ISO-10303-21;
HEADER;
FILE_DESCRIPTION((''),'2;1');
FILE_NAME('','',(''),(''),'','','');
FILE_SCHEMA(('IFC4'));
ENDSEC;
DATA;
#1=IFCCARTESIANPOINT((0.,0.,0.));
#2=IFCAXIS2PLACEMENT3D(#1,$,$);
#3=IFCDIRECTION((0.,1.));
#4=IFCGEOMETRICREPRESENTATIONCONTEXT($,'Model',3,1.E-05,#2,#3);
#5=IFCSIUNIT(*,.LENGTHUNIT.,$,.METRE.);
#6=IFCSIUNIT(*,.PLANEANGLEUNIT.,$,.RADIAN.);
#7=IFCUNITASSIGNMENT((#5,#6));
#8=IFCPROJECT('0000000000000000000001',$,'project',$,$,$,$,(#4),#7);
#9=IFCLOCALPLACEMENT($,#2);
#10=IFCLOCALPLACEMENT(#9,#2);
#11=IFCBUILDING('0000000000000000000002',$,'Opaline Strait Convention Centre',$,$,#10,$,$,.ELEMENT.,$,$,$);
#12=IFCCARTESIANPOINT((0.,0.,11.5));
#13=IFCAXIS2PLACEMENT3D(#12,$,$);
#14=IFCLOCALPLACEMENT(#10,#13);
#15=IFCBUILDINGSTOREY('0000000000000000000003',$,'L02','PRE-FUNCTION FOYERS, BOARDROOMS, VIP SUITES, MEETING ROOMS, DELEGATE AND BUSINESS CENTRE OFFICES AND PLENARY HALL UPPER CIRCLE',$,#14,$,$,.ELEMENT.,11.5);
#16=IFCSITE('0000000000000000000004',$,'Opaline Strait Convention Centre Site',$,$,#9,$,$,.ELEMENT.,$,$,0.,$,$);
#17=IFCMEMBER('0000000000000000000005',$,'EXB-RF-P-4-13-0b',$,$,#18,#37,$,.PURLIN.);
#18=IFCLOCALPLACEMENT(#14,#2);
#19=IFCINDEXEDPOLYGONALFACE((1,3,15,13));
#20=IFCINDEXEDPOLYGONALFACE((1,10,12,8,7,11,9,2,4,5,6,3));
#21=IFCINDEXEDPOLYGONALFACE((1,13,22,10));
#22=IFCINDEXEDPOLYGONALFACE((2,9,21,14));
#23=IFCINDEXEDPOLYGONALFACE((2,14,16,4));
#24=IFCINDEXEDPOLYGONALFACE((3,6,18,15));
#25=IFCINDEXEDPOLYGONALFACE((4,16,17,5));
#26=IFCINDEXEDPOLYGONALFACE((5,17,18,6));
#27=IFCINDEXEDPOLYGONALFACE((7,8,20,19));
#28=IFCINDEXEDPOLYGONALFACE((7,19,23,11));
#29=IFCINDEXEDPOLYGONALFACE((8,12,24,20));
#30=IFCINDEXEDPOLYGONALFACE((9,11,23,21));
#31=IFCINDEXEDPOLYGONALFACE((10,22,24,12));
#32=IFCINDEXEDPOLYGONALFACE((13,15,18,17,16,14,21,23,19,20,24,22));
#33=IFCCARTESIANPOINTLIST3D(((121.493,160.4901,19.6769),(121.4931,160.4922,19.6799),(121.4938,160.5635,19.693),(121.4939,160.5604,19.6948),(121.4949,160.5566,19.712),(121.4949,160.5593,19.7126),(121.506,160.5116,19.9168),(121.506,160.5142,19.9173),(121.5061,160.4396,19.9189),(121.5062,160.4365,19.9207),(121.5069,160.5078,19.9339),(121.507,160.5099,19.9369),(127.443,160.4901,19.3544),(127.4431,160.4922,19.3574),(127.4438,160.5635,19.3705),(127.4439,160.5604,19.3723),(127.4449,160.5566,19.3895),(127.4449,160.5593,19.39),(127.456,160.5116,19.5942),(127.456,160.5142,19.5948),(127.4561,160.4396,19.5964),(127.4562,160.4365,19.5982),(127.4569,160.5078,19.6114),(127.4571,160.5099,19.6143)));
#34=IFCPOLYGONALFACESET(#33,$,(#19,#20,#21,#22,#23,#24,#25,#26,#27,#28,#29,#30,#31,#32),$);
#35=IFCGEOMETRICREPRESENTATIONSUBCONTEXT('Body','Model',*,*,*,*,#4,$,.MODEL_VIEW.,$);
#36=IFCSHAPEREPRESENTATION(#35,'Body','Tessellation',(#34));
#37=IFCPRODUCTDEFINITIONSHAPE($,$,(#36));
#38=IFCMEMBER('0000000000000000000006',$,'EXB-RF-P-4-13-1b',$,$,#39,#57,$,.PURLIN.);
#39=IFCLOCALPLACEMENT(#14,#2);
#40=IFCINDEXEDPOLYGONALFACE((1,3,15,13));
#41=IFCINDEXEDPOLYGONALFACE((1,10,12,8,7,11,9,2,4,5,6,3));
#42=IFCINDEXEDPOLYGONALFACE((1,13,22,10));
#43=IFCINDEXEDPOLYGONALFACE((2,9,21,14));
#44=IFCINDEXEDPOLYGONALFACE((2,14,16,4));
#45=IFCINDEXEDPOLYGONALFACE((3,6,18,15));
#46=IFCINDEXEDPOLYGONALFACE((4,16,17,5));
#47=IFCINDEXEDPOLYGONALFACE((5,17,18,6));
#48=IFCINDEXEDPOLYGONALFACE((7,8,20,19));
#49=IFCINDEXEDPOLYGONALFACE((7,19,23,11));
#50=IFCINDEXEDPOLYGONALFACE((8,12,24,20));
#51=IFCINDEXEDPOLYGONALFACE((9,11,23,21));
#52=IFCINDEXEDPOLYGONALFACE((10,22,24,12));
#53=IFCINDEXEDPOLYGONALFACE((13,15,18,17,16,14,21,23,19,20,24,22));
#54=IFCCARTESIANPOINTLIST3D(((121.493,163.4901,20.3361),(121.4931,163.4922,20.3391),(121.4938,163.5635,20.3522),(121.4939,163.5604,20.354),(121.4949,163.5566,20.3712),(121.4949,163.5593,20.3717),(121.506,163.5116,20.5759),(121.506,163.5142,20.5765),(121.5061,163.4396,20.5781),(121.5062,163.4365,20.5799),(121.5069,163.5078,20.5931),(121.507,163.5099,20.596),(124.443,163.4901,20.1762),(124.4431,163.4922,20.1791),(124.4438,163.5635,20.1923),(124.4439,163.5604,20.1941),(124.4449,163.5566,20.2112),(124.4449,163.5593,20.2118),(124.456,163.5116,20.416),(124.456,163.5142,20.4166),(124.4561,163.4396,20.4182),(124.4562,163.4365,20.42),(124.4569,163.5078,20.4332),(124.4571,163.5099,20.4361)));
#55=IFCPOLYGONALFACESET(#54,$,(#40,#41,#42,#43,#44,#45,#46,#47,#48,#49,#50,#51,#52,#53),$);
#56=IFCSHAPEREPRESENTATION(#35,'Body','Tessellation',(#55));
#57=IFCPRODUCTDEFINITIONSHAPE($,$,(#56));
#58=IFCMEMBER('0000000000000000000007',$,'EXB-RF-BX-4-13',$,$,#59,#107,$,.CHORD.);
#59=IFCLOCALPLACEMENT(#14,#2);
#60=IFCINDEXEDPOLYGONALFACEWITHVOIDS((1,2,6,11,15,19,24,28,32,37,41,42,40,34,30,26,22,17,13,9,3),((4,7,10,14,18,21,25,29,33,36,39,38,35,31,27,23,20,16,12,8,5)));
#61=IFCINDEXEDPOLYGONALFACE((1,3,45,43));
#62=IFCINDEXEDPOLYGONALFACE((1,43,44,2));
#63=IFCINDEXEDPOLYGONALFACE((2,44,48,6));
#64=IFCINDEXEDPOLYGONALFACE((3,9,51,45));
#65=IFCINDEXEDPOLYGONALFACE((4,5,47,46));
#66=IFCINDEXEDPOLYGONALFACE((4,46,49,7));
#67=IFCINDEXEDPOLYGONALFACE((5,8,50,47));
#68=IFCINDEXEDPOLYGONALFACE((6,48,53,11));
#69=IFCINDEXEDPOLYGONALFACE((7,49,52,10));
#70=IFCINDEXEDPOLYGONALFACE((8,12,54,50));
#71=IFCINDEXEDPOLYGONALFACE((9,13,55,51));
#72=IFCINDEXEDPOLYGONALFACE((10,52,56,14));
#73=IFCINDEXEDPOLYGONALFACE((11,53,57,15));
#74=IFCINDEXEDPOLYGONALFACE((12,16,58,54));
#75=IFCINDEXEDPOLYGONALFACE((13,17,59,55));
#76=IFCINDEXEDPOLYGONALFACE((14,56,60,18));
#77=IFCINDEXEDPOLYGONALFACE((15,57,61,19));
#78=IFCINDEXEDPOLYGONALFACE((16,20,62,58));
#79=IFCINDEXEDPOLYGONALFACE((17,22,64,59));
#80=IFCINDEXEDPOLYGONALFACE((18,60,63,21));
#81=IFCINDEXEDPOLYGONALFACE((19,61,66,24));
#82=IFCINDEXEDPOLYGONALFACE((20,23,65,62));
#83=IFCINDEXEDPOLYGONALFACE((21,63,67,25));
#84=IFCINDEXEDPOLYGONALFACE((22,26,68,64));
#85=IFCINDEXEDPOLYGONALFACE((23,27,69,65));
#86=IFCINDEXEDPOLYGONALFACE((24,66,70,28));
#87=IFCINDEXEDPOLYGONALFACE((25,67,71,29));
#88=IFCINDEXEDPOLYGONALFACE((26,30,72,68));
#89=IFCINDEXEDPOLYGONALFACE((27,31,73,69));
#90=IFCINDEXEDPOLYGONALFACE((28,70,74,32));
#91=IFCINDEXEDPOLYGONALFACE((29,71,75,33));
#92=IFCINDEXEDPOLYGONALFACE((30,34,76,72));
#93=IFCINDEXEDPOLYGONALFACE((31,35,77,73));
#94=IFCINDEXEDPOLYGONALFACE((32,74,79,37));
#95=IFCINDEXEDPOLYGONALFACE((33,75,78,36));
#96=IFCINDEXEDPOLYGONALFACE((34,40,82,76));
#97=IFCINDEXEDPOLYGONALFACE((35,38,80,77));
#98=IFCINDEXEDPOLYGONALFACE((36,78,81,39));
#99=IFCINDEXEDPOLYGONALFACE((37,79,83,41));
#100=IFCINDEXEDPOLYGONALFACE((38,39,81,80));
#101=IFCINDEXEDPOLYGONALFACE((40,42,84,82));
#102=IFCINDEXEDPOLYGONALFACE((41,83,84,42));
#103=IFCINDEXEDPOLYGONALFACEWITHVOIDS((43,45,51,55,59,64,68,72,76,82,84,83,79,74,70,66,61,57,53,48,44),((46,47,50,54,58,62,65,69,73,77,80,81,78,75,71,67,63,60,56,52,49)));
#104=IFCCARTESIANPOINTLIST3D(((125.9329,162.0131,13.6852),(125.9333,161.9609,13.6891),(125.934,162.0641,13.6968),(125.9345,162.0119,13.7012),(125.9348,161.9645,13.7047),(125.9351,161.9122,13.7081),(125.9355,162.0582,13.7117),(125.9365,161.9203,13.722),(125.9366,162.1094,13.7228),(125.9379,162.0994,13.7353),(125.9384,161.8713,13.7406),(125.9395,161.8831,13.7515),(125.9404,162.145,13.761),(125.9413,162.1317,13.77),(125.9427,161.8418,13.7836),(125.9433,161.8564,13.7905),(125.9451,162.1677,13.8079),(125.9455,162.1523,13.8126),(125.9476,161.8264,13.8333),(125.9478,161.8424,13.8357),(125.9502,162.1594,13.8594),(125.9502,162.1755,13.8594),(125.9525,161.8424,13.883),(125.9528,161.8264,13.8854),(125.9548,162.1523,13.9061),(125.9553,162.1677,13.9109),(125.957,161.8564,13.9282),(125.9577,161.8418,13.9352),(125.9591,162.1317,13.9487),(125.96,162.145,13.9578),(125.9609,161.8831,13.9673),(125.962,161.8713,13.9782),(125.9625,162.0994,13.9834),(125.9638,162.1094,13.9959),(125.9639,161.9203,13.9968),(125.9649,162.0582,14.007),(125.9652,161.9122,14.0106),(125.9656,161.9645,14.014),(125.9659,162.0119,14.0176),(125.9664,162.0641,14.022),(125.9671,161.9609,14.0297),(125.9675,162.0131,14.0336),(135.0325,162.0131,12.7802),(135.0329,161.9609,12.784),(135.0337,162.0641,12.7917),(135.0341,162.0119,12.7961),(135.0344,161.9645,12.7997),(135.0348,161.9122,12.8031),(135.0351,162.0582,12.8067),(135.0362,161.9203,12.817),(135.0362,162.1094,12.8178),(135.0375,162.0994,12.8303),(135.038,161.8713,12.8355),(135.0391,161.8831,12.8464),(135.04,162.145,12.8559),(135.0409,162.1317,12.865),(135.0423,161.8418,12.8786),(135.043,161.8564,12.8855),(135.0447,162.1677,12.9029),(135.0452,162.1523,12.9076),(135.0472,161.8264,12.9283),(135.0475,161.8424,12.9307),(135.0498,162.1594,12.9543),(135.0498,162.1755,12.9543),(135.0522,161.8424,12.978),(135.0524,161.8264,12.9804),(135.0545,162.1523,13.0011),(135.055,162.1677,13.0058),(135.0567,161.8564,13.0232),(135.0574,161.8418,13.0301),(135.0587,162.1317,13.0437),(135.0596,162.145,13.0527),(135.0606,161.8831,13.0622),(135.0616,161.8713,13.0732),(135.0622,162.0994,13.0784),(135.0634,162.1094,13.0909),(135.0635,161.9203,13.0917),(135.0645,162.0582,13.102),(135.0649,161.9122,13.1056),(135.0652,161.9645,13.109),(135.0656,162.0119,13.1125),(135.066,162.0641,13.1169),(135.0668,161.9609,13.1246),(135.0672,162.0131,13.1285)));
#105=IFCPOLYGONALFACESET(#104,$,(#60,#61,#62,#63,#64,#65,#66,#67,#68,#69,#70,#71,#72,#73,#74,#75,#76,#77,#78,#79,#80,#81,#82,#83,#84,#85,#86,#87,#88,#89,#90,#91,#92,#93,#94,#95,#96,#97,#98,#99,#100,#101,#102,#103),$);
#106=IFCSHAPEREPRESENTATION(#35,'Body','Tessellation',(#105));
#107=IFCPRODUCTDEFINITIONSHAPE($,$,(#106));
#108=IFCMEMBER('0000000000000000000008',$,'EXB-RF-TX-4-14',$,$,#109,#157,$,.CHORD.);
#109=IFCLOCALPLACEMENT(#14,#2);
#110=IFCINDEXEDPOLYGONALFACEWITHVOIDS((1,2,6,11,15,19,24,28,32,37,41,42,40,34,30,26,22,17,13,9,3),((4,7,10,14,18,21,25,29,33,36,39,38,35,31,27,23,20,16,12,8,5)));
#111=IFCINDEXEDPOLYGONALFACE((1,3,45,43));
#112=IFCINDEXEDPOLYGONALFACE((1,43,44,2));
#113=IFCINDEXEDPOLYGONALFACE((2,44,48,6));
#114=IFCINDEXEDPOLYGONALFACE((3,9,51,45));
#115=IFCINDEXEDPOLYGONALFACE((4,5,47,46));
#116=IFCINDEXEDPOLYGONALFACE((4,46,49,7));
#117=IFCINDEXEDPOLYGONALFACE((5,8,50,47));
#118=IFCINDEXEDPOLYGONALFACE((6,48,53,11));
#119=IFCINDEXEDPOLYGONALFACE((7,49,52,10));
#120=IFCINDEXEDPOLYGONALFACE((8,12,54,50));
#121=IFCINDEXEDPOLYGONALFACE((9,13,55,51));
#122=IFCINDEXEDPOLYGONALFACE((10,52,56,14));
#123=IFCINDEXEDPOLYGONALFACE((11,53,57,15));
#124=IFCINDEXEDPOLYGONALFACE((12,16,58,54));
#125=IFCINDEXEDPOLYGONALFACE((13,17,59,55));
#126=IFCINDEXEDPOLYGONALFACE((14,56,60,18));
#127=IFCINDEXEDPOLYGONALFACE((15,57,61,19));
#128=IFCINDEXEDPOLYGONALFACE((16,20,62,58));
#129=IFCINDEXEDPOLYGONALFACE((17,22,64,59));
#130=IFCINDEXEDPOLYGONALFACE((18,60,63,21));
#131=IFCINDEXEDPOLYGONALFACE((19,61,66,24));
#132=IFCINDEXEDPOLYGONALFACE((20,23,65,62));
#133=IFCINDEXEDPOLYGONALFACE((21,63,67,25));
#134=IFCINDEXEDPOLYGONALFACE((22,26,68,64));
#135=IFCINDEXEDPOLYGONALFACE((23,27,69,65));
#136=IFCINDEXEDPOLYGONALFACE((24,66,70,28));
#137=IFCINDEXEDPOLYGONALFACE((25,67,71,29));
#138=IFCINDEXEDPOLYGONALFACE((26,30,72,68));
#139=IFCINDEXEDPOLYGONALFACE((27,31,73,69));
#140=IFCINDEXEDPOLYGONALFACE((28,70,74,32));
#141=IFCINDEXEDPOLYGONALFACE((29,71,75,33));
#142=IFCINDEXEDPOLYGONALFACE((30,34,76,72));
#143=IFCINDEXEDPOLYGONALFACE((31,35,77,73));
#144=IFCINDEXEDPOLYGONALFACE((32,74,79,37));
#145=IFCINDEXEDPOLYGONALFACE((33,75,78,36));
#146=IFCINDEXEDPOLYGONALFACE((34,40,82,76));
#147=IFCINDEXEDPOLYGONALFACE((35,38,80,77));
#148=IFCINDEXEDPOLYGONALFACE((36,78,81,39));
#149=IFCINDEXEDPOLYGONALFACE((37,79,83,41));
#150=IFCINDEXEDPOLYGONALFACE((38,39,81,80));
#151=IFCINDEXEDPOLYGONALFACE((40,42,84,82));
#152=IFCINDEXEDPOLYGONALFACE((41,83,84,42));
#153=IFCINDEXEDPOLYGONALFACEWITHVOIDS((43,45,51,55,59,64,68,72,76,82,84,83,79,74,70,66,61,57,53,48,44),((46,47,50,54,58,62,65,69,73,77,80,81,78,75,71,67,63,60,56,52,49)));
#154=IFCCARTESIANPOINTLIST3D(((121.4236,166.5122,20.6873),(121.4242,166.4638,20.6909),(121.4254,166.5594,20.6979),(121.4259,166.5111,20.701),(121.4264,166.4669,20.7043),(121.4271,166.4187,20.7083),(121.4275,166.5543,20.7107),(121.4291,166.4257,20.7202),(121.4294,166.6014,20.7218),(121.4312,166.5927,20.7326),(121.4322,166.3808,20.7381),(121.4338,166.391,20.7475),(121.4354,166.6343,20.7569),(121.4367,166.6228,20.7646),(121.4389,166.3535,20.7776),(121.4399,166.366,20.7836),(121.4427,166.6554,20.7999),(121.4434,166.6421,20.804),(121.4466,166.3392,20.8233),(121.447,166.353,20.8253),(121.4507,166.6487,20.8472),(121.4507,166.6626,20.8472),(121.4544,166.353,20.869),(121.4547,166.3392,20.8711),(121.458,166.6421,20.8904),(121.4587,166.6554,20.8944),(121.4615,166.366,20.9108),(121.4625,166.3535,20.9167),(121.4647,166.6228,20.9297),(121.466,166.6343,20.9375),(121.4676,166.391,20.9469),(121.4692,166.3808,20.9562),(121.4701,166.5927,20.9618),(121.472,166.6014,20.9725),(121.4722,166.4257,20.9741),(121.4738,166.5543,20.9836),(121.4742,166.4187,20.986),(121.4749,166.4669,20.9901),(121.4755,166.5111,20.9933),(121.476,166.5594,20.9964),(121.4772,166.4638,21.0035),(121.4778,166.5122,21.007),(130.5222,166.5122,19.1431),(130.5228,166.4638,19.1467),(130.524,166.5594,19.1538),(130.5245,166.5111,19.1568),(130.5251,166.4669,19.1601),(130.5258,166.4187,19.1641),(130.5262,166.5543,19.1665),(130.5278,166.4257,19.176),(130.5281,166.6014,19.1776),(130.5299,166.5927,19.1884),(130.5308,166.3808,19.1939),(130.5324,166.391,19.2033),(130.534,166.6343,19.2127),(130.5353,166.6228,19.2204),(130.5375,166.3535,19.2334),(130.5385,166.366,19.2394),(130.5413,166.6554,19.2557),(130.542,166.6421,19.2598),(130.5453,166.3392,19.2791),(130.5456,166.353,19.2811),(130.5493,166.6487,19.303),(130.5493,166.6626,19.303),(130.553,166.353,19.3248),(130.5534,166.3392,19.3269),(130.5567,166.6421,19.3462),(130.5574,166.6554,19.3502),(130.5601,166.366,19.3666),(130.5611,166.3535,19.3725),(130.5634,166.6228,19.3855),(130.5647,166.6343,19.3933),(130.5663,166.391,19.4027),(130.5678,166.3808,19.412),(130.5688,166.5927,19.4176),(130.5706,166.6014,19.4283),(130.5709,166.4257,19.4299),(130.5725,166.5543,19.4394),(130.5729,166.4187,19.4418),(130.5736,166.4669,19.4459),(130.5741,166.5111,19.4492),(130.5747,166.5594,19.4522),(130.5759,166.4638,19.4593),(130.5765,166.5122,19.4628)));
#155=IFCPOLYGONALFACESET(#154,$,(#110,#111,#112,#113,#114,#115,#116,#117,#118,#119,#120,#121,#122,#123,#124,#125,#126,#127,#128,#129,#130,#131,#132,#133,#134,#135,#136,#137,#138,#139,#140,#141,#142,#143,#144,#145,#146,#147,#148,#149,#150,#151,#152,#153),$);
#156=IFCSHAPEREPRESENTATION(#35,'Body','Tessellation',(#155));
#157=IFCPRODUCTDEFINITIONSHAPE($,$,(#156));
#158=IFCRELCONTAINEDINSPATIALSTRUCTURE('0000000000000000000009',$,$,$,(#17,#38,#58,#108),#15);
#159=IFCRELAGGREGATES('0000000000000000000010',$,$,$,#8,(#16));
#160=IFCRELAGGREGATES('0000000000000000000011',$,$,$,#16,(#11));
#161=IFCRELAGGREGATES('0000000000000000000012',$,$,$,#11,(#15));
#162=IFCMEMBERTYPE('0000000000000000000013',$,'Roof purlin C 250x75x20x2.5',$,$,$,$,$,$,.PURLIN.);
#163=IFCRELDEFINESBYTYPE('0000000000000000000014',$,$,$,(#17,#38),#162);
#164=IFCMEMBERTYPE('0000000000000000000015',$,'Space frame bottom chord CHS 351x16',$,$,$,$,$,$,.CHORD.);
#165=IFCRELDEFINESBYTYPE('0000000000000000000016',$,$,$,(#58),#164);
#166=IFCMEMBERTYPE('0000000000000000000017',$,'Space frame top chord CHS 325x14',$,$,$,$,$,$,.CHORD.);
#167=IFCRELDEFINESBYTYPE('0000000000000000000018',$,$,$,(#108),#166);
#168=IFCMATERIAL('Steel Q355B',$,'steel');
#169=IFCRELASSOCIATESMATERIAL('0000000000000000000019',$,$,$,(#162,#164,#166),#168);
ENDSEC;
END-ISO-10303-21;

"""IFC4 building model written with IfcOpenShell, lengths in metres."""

from ifc_helpers import new_model, si_unit, direction, frame, origin, origin_2d, place, context, subcontext, project, spatial, polyline, hollow_circle, outline, extrude, material, material_profile, profile_set, type_object, element, save


model = new_model("IFC4")

# Units and contexts
model_context = context("Model", 3, precision=1e-05, world=origin(), true_north=direction((0.0, 1.0)))
body_context = subcontext(model_context, "Body", "Model", "MODEL_VIEW")
ifc_project = project(units=[si_unit("LENGTHUNIT", "METRE"), si_unit("PLANEANGLEUNIT", "RADIAN")], contexts=[model_context])

# Site, building, storey
site_placement = place(None, origin())
site = spatial("IfcSite", under=ifc_project, at=site_placement, Name="Opaline Strait Convention Centre Site", CompositionType="ELEMENT", RefElevation=0.0)
building_placement = place(site_placement, origin())
building = spatial("IfcBuilding", under=site, at=building_placement, Name="Opaline Strait Convention Centre", CompositionType="ELEMENT")
storey_placement = place(building_placement, frame((0.0, 0.0, 11.5)))
storey = spatial("IfcBuildingStorey", under=building, at=storey_placement, Name="L02", Description="PRE-FUNCTION FOYERS, BOARDROOMS, VIP SUITES, MEETING ROOMS, DELEGATE AND BUSINESS CENTRE OFFICES AND PLENARY HALL UPPER CIRCLE", CompositionType="ELEMENT", Elevation=11.5)

# Members
ifc_material_1 = material(Name="Steel Q355B", Category="steel")
ifc_material_profile_1 = material_profile(ifc_material_1, outline(polyline([(-0.0376, -0.125), (0.0376, -0.125), (0.0376, -0.105), (0.0349, -0.105), (0.0349, -0.1226), (-0.0349, -0.1226), (-0.0349, 0.1226), (0.0349, 0.1226), (0.0349, 0.105), (0.0376, 0.105), (0.0376, 0.125), (-0.0376, 0.125), (-0.0376, -0.125)])), Name="C 250x75x20x2.5")
ifc_profile_set_1 = profile_set([ifc_material_profile_1], Name="Steel Q355B")
member_type_1 = type_object("IfcMemberType", Name="Roof purlin C 250x75x20x2.5", PredefinedType="PURLIN", material=ifc_profile_set_1)
member_1_placement = place(storey_placement, frame((121.5, 160.5, 19.8069), z_axis=(0.998534, 0.0, -0.054124), x_axis=(0.011615, 0.976702, 0.214286)))
element("IfcMember", 1, at=member_1_placement, inside=storey, type_object=member_type_1, Name="EXB-RF-P-4-13-0b", PredefinedType="PURLIN", context=body_context, shape_type="SweptSolid", body=[
    extrude(outline(polyline([(-0.0376, -0.125), (0.0376, -0.125), (0.0376, -0.105), (0.0349, -0.105), (0.0349, -0.1226), (-0.0349, -0.1226), (-0.0349, 0.1226), (0.0349, 0.1226), (0.0349, 0.105), (0.0376, 0.105), (0.0376, 0.125), (-0.0376, 0.125), (-0.0376, -0.125)])), origin(), (0.0, 0.0, 1.0), 5.9587),
])
member_2_placement = place(storey_placement, frame((121.5, 163.5, 20.4661), z_axis=(0.998534, 0.0, -0.054129), x_axis=(0.011616, 0.976702, 0.214286)))
element("IfcMember", 2, at=member_2_placement, inside=storey, type_object=member_type_1, Name="EXB-RF-P-4-13-1b", PredefinedType="PURLIN", context=body_context, shape_type="SweptSolid", body=[
    extrude(outline(polyline([(-0.0376, -0.125), (0.0376, -0.125), (0.0376, -0.105), (0.0349, -0.105), (0.0349, -0.1226), (-0.0349, -0.1226), (-0.0349, 0.1226), (0.0349, 0.1226), (0.0349, 0.105), (0.0376, 0.105), (0.0376, 0.125), (-0.0376, 0.125), (-0.0376, -0.125)])), origin(), (0.0, 0.0, 1.0), 2.9543),
])
ifc_material_profile_2 = material_profile(ifc_material_1, hollow_circle(Radius=0.1755, WallThickness=0.0161, at=origin_2d()), Name="CHS 351x16")
ifc_profile_set_2 = profile_set([ifc_material_profile_2], Name="Steel Q355B")
member_type_2 = type_object("IfcMemberType", Name="Space frame bottom chord CHS 351x16", PredefinedType="CHORD", material=ifc_profile_set_2)
member_3_placement = place(storey_placement, frame((125.9502, 162.0, 13.8594), z_axis=(0.99509, 0.0, -0.09897), x_axis=(0.0, 1.0, 0.0)))
element("IfcMember", 3, at=member_3_placement, inside=storey, type_object=member_type_2, Name="EXB-RF-BX-4-13", PredefinedType="CHORD", context=body_context, shape_type="SweptSolid", body=[
    extrude(hollow_circle(Radius=0.1755, WallThickness=0.0161, at=origin_2d()), origin(), (0.0, 0.0, 1.0), 9.1445),
])
ifc_material_profile_3 = material_profile(ifc_material_1, hollow_circle(Radius=0.1626, WallThickness=0.0139, at=origin_2d()), Name="CHS 325x14")
ifc_profile_set_3 = profile_set([ifc_material_profile_3], Name="Steel Q355B")
member_type_3 = type_object("IfcMemberType", Name="Space frame top chord CHS 325x14", PredefinedType="CHORD", material=ifc_profile_set_3)
member_4_placement = place(storey_placement, frame((121.4507, 166.5, 20.8472), z_axis=(0.985902, 0.0, -0.167324), x_axis=(0.0, 1.0, 0.0)))
element("IfcMember", 4, at=member_4_placement, inside=storey, type_object=member_type_3, Name="EXB-RF-TX-4-14", PredefinedType="CHORD", context=body_context, shape_type="SweptSolid", body=[
    extrude(hollow_circle(Radius=0.1626, WallThickness=0.0139, at=origin_2d()), origin(), (0.0, 0.0, 1.0), 9.2288),
])

save(model, "model.ifc")
